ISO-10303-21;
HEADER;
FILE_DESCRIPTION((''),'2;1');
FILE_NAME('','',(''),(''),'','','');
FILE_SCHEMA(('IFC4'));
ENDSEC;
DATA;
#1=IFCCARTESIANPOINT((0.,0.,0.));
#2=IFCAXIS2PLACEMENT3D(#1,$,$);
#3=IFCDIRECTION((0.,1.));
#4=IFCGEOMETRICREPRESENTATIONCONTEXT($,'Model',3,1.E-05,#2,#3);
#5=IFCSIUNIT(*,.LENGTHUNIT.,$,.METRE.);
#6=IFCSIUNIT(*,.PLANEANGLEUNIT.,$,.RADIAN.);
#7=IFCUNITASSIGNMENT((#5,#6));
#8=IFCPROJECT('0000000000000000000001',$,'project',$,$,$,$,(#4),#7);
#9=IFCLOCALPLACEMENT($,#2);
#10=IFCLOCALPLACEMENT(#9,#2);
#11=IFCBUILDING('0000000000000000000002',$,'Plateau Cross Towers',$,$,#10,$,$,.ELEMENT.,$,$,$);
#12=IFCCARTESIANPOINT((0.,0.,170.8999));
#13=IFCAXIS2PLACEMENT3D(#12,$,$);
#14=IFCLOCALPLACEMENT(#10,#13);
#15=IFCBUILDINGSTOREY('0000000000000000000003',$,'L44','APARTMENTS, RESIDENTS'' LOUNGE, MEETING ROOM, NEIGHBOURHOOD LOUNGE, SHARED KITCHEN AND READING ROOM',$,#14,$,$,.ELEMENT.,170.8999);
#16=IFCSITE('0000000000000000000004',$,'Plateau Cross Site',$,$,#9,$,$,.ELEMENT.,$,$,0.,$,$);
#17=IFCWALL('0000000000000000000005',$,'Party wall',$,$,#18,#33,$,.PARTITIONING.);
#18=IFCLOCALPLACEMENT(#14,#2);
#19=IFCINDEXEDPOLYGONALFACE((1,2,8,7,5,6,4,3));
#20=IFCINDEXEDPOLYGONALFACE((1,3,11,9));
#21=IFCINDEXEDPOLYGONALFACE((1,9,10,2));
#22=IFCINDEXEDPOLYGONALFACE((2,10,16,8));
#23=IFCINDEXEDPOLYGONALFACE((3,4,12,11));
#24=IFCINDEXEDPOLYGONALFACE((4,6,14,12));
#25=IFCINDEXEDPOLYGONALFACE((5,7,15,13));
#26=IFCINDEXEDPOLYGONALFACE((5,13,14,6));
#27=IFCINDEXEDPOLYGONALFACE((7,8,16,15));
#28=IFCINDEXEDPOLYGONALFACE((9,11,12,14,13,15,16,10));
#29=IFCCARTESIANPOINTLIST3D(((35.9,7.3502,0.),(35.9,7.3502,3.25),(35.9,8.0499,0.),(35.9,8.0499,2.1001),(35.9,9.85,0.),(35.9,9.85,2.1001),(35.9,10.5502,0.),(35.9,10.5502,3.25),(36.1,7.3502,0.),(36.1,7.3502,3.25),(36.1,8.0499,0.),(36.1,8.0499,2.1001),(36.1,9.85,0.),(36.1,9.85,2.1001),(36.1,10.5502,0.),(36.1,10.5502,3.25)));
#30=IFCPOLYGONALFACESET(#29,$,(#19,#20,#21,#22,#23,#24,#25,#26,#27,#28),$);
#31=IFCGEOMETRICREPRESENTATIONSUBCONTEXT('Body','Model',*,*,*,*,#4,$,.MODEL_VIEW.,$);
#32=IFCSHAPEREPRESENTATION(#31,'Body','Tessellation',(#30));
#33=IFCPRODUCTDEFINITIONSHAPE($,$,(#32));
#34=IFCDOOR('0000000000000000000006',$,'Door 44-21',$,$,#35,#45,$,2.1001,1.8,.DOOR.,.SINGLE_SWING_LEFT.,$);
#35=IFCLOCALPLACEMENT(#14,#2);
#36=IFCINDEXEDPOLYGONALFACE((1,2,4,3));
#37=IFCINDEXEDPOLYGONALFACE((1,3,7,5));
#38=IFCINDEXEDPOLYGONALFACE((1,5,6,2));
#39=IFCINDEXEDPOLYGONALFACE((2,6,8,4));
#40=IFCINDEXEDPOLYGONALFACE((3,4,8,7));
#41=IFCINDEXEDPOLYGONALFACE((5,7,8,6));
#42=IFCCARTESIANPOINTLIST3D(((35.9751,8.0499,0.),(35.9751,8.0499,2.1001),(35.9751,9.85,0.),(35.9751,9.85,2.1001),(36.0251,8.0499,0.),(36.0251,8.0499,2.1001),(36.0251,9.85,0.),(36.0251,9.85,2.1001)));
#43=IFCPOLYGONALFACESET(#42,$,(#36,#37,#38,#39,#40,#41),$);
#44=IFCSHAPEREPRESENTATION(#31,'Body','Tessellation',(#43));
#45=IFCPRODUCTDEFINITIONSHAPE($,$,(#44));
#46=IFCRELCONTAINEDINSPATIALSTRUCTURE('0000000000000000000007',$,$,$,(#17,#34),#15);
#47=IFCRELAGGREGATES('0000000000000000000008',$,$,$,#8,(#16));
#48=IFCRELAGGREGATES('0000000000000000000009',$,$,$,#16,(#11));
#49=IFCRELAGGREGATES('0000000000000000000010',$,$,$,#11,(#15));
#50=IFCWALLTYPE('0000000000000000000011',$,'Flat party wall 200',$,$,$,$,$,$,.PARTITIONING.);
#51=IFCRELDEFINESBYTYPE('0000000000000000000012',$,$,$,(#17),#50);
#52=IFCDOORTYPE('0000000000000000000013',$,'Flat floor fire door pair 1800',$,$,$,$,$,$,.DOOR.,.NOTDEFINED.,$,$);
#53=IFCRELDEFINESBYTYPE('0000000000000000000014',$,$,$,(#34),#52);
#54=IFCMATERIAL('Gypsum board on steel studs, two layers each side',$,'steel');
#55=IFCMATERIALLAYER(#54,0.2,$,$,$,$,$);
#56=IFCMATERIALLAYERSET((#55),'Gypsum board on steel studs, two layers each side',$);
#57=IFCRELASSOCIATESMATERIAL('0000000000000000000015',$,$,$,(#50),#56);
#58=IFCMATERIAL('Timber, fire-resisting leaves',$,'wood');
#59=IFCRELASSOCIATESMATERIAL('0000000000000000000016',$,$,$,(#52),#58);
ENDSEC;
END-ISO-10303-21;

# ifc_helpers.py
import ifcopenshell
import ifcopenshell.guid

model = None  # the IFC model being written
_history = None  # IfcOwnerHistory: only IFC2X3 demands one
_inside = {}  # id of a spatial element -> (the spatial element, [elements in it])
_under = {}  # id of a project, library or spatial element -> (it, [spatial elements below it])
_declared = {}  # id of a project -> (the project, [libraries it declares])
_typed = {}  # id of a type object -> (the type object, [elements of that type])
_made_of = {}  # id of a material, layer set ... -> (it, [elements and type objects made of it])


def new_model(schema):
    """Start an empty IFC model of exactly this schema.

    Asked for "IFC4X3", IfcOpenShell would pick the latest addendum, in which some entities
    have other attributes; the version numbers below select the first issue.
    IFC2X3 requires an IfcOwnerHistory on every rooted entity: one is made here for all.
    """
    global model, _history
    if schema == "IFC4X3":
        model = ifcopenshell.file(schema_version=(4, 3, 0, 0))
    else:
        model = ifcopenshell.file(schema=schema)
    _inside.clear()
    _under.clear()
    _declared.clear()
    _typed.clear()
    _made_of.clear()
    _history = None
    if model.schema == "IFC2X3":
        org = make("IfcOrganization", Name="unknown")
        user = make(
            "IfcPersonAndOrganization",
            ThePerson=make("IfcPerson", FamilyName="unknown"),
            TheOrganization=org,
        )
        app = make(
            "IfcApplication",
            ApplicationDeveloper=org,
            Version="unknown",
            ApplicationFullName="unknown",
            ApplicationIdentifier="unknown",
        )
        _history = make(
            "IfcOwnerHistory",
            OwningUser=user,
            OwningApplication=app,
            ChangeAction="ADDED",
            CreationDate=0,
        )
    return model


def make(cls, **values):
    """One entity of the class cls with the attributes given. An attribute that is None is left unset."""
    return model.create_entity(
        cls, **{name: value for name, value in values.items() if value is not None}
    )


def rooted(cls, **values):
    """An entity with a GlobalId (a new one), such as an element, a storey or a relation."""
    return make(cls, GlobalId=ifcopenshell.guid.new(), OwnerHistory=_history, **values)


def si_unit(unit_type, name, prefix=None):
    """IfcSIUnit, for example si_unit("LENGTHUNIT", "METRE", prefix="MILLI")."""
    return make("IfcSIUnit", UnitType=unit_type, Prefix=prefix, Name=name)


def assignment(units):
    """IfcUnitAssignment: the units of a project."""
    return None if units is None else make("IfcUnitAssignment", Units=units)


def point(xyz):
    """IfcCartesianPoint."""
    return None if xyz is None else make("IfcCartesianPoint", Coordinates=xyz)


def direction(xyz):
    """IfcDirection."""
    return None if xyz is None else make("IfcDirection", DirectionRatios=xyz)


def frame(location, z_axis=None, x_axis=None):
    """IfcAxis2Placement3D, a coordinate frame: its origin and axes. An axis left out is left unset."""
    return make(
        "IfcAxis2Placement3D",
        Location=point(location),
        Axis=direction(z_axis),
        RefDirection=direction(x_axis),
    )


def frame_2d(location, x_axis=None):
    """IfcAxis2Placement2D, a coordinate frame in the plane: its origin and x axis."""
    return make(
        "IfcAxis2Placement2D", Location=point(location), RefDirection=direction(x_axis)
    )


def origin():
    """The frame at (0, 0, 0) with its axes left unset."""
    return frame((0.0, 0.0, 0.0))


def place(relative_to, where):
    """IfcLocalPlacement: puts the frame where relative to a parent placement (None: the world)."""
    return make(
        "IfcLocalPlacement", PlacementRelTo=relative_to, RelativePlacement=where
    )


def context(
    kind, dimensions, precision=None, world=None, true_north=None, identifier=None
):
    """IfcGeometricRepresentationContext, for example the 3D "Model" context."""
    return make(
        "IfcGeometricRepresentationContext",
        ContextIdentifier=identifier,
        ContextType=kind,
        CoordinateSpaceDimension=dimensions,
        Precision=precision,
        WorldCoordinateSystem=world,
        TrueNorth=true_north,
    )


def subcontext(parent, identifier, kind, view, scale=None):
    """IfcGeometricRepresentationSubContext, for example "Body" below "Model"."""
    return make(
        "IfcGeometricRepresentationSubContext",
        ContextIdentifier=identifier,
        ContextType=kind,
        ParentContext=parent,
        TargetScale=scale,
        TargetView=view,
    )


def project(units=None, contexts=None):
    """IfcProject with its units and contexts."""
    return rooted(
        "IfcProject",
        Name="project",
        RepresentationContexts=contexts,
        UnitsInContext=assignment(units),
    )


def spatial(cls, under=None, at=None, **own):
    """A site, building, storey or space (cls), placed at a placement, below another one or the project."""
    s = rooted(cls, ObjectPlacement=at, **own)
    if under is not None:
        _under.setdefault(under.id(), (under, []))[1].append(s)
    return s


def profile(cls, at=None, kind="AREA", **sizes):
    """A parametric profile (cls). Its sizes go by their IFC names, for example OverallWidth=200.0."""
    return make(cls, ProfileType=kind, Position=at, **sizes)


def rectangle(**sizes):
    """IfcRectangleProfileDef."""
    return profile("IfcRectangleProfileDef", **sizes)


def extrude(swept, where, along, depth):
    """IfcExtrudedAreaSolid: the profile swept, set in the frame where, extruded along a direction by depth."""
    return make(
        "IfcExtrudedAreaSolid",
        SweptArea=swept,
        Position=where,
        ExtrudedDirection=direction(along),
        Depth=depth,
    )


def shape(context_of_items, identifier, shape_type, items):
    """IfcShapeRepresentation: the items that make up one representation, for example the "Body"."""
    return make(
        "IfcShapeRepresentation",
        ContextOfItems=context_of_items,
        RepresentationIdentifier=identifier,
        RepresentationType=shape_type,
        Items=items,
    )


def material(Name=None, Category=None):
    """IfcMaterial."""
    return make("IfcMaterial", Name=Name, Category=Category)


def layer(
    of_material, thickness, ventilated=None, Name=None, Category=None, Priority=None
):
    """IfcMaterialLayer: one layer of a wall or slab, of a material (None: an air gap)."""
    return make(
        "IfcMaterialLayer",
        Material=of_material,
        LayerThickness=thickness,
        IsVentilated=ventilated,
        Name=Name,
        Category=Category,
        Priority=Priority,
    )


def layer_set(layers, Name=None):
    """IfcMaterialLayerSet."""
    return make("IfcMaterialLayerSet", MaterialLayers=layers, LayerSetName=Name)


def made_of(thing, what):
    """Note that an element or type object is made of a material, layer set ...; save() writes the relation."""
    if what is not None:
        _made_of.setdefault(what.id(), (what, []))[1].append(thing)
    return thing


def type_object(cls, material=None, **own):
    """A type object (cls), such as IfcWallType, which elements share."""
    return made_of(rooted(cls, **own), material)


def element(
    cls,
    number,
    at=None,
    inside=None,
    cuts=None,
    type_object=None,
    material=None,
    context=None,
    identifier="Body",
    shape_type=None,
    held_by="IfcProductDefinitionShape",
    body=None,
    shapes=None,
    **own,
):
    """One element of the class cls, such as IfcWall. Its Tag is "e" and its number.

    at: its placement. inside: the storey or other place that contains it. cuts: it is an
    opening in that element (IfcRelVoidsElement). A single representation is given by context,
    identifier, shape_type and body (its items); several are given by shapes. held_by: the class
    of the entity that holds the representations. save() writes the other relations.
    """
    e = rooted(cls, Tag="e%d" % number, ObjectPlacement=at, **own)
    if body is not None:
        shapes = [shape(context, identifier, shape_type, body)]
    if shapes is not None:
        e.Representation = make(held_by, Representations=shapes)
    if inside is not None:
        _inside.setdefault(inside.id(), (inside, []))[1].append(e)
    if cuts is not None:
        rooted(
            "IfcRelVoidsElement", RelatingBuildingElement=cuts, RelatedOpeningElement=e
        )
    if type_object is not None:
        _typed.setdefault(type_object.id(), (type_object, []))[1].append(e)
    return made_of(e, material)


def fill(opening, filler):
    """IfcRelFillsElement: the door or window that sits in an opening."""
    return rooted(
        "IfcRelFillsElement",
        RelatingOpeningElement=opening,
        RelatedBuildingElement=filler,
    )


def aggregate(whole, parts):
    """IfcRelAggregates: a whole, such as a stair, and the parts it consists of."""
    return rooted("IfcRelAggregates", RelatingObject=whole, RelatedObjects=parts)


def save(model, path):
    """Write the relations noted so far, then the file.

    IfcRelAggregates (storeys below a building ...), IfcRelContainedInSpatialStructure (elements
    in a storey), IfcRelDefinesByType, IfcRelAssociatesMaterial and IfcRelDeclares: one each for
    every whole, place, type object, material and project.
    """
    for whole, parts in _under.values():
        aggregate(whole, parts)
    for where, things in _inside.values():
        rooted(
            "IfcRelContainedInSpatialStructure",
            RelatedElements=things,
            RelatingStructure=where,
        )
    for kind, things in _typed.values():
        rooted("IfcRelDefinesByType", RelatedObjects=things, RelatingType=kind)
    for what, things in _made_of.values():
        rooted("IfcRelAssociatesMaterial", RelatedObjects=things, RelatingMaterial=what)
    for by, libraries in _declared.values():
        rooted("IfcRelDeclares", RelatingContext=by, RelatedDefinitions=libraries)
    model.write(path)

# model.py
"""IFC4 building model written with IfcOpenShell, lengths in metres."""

from ifc_helpers import new_model, si_unit, direction, frame, frame_2d, origin, place, context, subcontext, project, spatial, rectangle, extrude, material, layer, layer_set, type_object, element, fill, save


model = new_model("IFC4")

# Units and contexts
model_context = context("Model", 3, precision=1e-05, world=origin(), true_north=direction((0.0, 1.0)))
body_context = subcontext(model_context, "Body", "Model", "MODEL_VIEW")
ifc_project = project(units=[si_unit("LENGTHUNIT", "METRE"), si_unit("PLANEANGLEUNIT", "RADIAN")], contexts=[model_context])

# Site, building, storey
site_placement = place(None, origin())
site = spatial("IfcSite", under=ifc_project, at=site_placement, Name="Plateau Cross Site", CompositionType="ELEMENT", RefElevation=0.0)
building_placement = place(site_placement, origin())
building = spatial("IfcBuilding", under=site, at=building_placement, Name="Plateau Cross Towers", CompositionType="ELEMENT")
storey_placement = place(building_placement, frame((0.0, 0.0, 170.8999)))
storey = spatial("IfcBuildingStorey", under=building, at=storey_placement, Name="L44", Description="APARTMENTS, RESIDENTS' LOUNGE, MEETING ROOM, NEIGHBOURHOOD LOUNGE, SHARED KITCHEN AND READING ROOM", CompositionType="ELEMENT", Elevation=170.8999)

# Shared definitions
ifc_material_1 = material(Name="Gypsum board on steel studs, two layers each side", Category="steel")
ifc_layer_1 = layer(ifc_material_1, 0.2)
ifc_layer_set_1 = layer_set([ifc_layer_1], Name="Gypsum board on steel studs, two layers each side")
wall_type_1 = type_object("IfcWallType", Name="Flat party wall 200", PredefinedType="PARTITIONING", material=ifc_layer_set_1)

# Wall, opening, door
wall_1_placement = place(storey_placement, frame((36.0, 7.3501, 0.0), z_axis=(0.0, 0.0, 1.0), x_axis=(0.0, 1.0, 0.0)))
wall_1 = element("IfcWall", 1, at=wall_1_placement, inside=storey, type_object=wall_type_1, Name="Party wall", PredefinedType="PARTITIONING", context=body_context, shape_type="SweptSolid", body=[
    extrude(rectangle(XDim=3.2, YDim=0.2, at=frame_2d((1.6001, 0.0))), origin(), (0.0, 0.0, 1.0), 3.25),
])
opening_1_placement = place(wall_1_placement, frame((0.7, 0.0, 0.0)))
opening_1 = element("IfcOpeningElement", 2, at=opening_1_placement, cuts=wall_1, PredefinedType="OPENING", context=body_context, shape_type="SweptSolid", body=[
    extrude(rectangle(XDim=1.8, YDim=2.1001, at=frame_2d((0.8999, 1.05))), frame((0.0, 0.1099, 0.0), z_axis=(0.0, -1.0, 0.0), x_axis=(1.0, 0.0, 0.0)), (0.0, 0.0, 1.0), 0.22),
])
ifc_material_2 = material(Name="Timber, fire-resisting leaves", Category="wood")
door_type_1 = type_object("IfcDoorType", Name="Flat floor fire door pair 1800", OperationType="NOTDEFINED", PredefinedType="DOOR", material=ifc_material_2)
door_1_placement = place(opening_1_placement, origin())
door_1 = element("IfcDoor", 3, at=door_1_placement, inside=storey, type_object=door_type_1, Name="Door 44-21", OperationType="SINGLE_SWING_LEFT", OverallHeight=2.1001, OverallWidth=1.8, PredefinedType="DOOR", context=body_context, shape_type="SweptSolid", body=[
    extrude(rectangle(XDim=1.8, YDim=2.1001, at=frame_2d((0.8999, 1.05))), frame((0.0, 0.0249, 0.0), z_axis=(0.0, -1.0, 0.0), x_axis=(1.0, 0.0, 0.0)), (0.0, 0.0, 1.0), 0.05),
])
fill(opening_1, door_1)

save(model, "model.ifc")
